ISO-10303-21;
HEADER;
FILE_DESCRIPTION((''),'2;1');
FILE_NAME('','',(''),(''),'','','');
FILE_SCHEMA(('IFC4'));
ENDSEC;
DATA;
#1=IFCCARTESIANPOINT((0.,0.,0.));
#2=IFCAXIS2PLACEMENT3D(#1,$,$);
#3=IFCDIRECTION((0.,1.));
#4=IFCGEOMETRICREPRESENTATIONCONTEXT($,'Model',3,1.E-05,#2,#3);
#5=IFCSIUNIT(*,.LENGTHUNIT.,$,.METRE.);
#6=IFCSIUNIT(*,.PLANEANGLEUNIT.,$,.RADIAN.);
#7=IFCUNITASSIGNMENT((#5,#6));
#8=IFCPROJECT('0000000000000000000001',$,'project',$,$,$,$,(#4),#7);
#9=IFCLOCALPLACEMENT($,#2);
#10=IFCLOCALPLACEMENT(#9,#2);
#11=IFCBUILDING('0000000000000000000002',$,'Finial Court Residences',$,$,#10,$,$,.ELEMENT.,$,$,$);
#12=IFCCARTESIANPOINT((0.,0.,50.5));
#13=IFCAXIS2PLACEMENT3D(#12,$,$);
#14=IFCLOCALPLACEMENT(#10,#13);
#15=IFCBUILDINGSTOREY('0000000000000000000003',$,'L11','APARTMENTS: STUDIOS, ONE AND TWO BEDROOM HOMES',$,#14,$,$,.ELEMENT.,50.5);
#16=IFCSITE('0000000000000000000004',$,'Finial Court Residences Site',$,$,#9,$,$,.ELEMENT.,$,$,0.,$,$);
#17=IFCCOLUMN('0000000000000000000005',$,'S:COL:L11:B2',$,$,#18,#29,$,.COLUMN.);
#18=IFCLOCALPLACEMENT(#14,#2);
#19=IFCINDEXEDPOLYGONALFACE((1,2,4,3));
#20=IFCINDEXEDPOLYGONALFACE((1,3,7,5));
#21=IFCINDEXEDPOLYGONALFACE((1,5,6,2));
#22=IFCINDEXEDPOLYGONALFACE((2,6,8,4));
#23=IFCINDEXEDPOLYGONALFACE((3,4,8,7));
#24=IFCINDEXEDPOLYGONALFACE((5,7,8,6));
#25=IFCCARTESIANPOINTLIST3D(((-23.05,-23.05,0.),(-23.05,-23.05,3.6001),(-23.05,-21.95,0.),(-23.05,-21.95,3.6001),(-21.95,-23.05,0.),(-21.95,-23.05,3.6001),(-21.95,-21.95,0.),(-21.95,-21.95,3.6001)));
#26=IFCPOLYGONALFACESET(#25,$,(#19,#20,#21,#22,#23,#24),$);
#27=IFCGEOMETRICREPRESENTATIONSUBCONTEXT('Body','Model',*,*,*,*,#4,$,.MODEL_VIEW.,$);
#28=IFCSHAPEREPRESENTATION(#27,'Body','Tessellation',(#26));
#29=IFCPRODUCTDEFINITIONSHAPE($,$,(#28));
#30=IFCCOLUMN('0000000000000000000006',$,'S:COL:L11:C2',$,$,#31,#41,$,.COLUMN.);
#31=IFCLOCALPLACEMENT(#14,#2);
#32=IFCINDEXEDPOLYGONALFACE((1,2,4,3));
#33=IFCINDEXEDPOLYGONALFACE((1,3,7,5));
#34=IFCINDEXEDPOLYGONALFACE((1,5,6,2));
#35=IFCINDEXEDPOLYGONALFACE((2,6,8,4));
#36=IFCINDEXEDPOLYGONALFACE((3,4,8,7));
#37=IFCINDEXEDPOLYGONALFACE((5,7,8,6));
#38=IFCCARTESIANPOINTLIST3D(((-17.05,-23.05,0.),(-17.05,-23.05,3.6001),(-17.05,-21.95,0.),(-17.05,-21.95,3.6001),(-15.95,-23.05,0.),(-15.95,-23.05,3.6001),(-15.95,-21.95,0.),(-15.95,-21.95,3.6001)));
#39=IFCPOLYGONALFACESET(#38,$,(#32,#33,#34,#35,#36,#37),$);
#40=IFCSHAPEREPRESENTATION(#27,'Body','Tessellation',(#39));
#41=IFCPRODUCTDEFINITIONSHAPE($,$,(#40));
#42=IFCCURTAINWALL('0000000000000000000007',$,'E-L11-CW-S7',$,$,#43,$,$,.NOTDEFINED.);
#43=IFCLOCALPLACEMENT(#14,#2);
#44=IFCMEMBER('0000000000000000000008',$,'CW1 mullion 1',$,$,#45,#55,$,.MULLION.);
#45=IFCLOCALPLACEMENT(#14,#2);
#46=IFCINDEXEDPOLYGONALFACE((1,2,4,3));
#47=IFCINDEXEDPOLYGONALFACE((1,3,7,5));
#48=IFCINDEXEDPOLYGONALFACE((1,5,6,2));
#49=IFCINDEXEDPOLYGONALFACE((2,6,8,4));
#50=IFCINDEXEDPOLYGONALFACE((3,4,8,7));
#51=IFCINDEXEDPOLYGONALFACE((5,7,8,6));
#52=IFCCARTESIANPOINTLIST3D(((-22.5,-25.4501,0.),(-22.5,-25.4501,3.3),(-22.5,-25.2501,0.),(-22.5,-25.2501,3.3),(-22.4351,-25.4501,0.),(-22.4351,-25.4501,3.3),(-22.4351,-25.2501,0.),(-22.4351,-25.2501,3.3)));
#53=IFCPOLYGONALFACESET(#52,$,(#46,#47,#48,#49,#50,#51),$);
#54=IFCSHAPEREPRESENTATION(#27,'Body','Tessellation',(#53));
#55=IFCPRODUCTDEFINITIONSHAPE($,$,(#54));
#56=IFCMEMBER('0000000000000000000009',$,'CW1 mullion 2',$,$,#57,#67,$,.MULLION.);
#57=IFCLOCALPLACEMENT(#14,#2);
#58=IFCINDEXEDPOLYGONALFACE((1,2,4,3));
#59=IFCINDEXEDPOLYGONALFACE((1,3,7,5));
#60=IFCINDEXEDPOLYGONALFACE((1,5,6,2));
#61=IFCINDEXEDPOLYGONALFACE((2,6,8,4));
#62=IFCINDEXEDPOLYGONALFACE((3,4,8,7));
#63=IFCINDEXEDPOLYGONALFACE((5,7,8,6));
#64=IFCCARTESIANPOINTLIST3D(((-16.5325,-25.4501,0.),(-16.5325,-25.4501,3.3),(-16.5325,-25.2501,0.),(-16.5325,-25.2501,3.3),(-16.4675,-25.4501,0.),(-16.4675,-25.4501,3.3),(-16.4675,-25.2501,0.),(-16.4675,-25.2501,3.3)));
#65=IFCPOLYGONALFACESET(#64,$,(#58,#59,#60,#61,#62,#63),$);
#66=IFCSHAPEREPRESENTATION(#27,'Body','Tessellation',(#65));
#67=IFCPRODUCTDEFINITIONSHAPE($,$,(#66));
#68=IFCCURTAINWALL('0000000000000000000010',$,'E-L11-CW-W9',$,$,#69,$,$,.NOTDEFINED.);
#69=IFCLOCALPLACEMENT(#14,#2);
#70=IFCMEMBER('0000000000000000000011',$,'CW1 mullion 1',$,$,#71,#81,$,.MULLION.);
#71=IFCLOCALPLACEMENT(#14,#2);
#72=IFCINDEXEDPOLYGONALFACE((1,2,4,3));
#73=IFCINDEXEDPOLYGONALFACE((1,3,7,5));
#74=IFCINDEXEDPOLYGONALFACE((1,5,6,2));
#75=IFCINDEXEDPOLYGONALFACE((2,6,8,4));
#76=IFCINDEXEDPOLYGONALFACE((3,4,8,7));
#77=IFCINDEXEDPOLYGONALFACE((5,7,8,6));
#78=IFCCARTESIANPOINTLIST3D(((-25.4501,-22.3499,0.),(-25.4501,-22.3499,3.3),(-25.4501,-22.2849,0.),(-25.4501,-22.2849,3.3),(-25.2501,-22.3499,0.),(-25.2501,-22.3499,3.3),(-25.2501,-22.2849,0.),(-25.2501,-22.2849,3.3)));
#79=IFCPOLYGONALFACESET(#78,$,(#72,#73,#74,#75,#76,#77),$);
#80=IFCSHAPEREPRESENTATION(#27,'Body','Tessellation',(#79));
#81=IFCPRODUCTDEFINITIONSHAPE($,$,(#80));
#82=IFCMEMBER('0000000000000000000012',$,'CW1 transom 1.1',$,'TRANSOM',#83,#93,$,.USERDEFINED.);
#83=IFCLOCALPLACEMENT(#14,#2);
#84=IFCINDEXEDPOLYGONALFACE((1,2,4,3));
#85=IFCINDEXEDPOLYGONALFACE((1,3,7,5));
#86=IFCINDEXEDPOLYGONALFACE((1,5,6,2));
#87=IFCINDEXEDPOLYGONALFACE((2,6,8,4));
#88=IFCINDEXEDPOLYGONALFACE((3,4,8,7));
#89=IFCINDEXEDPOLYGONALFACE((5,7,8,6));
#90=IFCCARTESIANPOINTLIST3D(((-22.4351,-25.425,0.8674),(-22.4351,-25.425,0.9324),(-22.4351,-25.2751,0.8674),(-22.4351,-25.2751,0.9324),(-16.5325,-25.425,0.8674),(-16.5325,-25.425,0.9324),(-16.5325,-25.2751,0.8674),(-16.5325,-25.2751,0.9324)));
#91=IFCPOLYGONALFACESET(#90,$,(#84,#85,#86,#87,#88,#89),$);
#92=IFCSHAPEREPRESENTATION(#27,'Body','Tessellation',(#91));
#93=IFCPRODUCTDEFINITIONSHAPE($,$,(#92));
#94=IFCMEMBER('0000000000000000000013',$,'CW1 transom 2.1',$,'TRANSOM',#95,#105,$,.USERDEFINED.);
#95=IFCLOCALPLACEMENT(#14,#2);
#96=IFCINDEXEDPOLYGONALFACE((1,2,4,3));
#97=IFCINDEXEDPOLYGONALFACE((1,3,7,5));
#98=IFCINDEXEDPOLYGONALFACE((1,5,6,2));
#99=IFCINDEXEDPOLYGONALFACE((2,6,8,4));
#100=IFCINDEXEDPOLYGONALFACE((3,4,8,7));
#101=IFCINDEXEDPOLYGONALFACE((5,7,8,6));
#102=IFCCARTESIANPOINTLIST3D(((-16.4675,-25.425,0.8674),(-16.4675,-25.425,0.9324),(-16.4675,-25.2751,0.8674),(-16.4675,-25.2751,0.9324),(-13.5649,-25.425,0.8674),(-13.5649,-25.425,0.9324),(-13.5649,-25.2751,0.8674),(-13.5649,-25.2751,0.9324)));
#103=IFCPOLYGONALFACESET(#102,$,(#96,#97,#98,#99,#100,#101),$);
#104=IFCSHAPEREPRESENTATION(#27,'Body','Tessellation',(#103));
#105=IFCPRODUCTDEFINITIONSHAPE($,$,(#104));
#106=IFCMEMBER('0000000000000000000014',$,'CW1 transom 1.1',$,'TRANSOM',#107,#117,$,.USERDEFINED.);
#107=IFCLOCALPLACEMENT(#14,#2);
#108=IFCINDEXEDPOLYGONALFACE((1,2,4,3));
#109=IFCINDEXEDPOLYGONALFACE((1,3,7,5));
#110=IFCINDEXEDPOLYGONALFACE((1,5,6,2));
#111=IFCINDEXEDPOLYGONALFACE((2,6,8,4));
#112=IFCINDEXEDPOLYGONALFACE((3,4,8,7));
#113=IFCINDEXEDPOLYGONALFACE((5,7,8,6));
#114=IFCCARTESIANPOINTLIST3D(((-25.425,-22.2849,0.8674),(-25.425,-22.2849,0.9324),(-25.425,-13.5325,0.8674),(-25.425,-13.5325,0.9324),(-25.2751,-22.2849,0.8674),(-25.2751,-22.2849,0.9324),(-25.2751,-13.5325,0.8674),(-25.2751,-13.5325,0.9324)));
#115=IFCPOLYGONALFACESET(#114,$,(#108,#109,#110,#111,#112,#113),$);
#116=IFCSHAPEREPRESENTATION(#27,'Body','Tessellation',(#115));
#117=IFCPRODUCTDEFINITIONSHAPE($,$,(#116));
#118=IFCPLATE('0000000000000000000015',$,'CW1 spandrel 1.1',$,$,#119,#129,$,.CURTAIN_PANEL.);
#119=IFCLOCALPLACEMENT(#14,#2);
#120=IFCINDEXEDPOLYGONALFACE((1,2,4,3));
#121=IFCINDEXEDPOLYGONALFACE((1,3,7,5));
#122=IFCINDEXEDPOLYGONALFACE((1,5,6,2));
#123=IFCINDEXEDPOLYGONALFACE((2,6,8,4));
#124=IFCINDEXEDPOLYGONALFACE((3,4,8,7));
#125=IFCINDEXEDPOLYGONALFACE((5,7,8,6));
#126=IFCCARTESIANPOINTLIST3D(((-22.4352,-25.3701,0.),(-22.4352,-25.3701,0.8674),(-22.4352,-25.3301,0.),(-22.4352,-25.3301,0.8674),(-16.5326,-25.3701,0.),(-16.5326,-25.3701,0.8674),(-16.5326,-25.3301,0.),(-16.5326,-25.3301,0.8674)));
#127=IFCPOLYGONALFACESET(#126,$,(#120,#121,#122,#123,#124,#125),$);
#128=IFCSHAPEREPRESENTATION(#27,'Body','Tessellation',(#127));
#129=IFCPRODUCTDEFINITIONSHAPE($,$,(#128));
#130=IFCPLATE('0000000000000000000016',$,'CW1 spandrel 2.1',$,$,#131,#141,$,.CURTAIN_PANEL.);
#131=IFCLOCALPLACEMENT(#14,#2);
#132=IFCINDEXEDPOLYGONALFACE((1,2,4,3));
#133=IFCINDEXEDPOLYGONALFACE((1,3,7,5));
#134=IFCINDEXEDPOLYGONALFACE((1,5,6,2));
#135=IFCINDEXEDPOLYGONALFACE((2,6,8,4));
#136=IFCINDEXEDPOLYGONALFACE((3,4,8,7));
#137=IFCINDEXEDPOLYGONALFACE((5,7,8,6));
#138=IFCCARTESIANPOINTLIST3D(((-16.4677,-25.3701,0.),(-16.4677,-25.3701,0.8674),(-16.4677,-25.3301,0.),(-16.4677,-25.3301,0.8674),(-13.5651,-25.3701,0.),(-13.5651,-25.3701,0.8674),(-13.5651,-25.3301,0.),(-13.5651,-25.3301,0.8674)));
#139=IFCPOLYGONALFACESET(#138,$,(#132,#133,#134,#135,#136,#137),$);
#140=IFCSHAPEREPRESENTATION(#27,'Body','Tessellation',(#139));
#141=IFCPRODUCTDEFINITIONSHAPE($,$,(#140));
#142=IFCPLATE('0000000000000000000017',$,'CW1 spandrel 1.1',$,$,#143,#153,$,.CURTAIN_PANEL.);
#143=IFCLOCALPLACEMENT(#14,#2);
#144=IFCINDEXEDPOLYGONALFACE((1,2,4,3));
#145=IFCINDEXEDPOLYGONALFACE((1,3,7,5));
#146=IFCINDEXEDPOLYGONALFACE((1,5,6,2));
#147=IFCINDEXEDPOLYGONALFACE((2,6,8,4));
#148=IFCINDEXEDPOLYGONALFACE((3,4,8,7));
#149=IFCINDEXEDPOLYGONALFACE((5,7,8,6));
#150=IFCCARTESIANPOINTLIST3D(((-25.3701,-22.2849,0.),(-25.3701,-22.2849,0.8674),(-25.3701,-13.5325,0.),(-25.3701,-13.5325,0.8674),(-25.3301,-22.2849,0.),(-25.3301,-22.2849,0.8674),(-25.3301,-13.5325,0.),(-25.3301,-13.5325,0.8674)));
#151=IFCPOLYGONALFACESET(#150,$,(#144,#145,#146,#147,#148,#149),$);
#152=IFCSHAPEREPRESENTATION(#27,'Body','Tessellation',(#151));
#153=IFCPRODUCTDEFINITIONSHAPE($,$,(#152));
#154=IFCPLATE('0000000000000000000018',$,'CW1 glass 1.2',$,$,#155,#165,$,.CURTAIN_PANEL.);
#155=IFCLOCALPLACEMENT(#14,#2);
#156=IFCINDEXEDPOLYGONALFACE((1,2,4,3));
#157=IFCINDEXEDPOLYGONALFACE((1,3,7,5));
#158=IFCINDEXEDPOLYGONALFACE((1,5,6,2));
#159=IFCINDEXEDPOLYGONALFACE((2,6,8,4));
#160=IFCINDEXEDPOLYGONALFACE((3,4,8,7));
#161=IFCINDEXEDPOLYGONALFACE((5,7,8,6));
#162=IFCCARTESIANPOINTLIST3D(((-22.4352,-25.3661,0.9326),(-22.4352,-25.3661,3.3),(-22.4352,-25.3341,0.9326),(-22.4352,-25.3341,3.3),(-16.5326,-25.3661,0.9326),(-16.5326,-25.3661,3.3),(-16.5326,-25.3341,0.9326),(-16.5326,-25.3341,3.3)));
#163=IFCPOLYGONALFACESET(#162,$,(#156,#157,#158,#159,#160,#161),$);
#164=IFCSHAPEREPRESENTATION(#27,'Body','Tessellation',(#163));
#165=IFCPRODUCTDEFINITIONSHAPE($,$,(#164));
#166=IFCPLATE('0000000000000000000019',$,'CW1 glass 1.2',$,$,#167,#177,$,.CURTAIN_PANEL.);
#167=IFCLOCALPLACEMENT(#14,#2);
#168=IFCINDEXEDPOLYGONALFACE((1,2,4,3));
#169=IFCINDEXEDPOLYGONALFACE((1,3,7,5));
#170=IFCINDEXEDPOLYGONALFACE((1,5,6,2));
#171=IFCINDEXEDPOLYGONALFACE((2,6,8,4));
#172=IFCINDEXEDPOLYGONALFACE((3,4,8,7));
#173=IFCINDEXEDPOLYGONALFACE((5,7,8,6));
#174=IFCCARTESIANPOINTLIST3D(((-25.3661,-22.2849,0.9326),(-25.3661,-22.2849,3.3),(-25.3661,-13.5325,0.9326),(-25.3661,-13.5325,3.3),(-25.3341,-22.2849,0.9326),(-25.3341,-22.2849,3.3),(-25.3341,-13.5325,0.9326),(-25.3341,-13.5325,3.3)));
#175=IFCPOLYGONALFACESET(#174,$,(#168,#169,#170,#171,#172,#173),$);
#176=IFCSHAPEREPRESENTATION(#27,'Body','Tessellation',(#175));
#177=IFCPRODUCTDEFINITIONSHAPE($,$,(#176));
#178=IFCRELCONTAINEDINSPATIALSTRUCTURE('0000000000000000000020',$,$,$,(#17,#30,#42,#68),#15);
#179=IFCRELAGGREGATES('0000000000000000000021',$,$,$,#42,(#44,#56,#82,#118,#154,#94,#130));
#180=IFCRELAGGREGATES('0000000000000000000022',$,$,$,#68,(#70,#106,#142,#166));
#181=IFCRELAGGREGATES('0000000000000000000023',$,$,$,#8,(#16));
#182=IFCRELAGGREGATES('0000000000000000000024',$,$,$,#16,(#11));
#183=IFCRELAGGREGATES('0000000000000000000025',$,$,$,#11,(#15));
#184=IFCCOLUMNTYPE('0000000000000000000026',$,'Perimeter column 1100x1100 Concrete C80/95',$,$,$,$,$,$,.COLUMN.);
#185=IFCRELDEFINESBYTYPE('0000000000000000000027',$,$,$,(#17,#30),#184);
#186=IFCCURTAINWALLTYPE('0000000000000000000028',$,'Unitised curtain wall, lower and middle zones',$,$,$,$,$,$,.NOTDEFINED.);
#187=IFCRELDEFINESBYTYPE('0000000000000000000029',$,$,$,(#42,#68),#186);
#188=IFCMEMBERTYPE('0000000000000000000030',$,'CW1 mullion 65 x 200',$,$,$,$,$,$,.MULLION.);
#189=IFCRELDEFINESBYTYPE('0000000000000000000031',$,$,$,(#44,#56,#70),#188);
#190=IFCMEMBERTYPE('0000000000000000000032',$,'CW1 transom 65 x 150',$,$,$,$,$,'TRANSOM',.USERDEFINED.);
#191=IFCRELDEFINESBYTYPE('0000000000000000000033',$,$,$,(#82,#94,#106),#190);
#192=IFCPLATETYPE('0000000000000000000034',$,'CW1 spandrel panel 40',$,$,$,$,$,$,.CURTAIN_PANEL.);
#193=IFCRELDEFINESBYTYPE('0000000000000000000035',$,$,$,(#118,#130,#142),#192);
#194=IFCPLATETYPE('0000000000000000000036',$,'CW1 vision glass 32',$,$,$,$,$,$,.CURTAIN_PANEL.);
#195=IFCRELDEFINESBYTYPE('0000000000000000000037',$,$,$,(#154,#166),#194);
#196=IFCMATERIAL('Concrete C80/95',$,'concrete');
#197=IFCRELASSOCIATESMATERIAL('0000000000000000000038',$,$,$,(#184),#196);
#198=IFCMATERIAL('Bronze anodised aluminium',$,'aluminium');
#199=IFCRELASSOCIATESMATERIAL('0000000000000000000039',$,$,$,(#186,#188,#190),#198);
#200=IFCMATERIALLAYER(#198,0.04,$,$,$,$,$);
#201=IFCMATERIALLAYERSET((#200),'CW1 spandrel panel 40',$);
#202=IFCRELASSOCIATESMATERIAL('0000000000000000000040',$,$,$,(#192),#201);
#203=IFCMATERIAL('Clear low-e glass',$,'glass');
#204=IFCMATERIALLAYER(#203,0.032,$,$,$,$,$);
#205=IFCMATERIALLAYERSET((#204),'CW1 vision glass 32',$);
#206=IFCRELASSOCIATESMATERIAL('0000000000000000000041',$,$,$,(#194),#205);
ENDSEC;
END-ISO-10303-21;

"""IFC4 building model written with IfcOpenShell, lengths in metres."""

from ifc_helpers import new_model, si_unit, direction, frame, origin, origin_2d, place, context, subcontext, project, spatial, rectangle, extrude, material, layer, layer_set, material_profile, profile_set, type_object, element, aggregate, save


model = new_model("IFC4")

# Units and contexts
model_context = context("Model", 3, precision=1e-05, world=origin(), true_north=direction((0.0, 1.0)))
body_context = subcontext(model_context, "Body", "Model", "MODEL_VIEW")
ifc_project = project(units=[si_unit("LENGTHUNIT", "METRE"), si_unit("PLANEANGLEUNIT", "RADIAN")], contexts=[model_context])

# Site, building, storey
site_placement = place(None, origin())
site = spatial("IfcSite", under=ifc_project, at=site_placement, Name="Finial Court Residences Site", CompositionType="ELEMENT", RefElevation=0.0)
building_placement = place(site_placement, origin())
building = spatial("IfcBuilding", under=site, at=building_placement, Name="Finial Court Residences", CompositionType="ELEMENT")
storey_placement = place(building_placement, frame((0.0, 0.0, 50.5)))
storey = spatial("IfcBuildingStorey", under=building, at=storey_placement, Name="L11", Description="APARTMENTS: STUDIOS, ONE AND TWO BEDROOM HOMES", CompositionType="ELEMENT", Elevation=50.5)

# Columns
ifc_material_1 = material(Name="Concrete C80/95", Category="concrete")
ifc_material_profile_1 = material_profile(ifc_material_1, rectangle(XDim=1.1001, YDim=1.1001, at=origin_2d()), Name="1100x1100")
ifc_profile_set_1 = profile_set([ifc_material_profile_1], Name="Concrete C80/95")
column_type = type_object("IfcColumnType", Name="Perimeter column 1100x1100 Concrete C80/95", PredefinedType="COLUMN", material=ifc_profile_set_1)
for number, where, z_axis, x_axis, name in (
    (1, (-22.5, -22.5, 0.0), (0.0, 0.0, 1.0), (1.0, 0.0, 0.0), "S:COL:L11:B2"),
    (2, (-16.5, -22.5, 0.0), (0.0, 0.0, 1.0), (1.0, 0.0, 0.0), "S:COL:L11:C2"),
):
    element("IfcColumn", number, at=place(storey_placement, frame(where, z_axis=z_axis, x_axis=x_axis)), inside=storey, type_object=column_type, Name=name, PredefinedType="COLUMN", context=body_context, shape_type="SweptSolid", body=[
        extrude(rectangle(XDim=1.1001, YDim=1.1001, at=origin_2d()), origin(), (0.0, 0.0, 1.0), 3.6001),
    ])

# Curtain wall, members
ifc_material_2 = material(Name="Bronze anodised aluminium", Category="aluminium")
curtain_wall_type = type_object("IfcCurtainWallType", Name="Unitised curtain wall, lower and middle zones", PredefinedType="NOTDEFINED", material=ifc_material_2)
curtain_wall_1_placement = place(storey_placement, origin())
curtain_wall_1 = element("IfcCurtainWall", 3, at=curtain_wall_1_placement, inside=storey, type_object=curtain_wall_type, Name="E-L11-CW-S7", PredefinedType="NOTDEFINED")
ifc_material_profile_2 = material_profile(ifc_material_2, rectangle(XDim=0.2, YDim=0.0649, at=origin_2d()), Name="CW1 mullion 65 x 200")
ifc_profile_set_2 = profile_set([ifc_material_profile_2], Name="Bronze anodised aluminium")
member_type_1 = type_object("IfcMemberType", Name="CW1 mullion 65 x 200", PredefinedType="MULLION", material=ifc_profile_set_2)
member_1_placement = place(storey_placement, frame((-22.4675, -25.3501, 0.0), z_axis=(0.0, 0.0, 1.0), x_axis=(0.0, 1.0, 0.0)))
member_1 = element("IfcMember", 4, at=member_1_placement, type_object=member_type_1, Name="CW1 mullion 1", PredefinedType="MULLION", context=body_context, shape_type="SweptSolid", body=[
    extrude(rectangle(XDim=0.2, YDim=0.0649, at=origin_2d()), origin(), (0.0, 0.0, 1.0), 3.3),
])
member_2_placement = place(storey_placement, frame((-16.5, -25.3501, 0.0), z_axis=(0.0, 0.0, 1.0), x_axis=(0.0, 1.0, 0.0)))
member_2 = element("IfcMember", 5, at=member_2_placement, type_object=member_type_1, Name="CW1 mullion 2", PredefinedType="MULLION", context=body_context, shape_type="SweptSolid", body=[
    extrude(rectangle(XDim=0.2, YDim=0.0649, at=origin_2d()), origin(), (0.0, 0.0, 1.0), 3.3),
])

# Curtain wall, member
curtain_wall_2_placement = place(storey_placement, origin())
curtain_wall_2 = element("IfcCurtainWall", 6, at=curtain_wall_2_placement, inside=storey, type_object=curtain_wall_type, Name="E-L11-CW-W9", PredefinedType="NOTDEFINED")
member_3_placement = place(storey_placement, frame((-25.3501, -22.3174, 0.0), z_axis=(0.0, 0.0, 1.0), x_axis=(-1.0, 0.0, 0.0)))
member_3 = element("IfcMember", 7, at=member_3_placement, type_object=member_type_1, Name="CW1 mullion 1", PredefinedType="MULLION", context=body_context, shape_type="SweptSolid", body=[
    extrude(rectangle(XDim=0.2, YDim=0.0649, at=origin_2d()), origin(), (0.0, 0.0, 1.0), 3.3),
])

# Members
ifc_material_profile_3 = material_profile(ifc_material_2, rectangle(XDim=0.1499, YDim=0.0649, at=origin_2d()), Name="CW1 transom 65 x 150")
ifc_profile_set_3 = profile_set([ifc_material_profile_3], Name="Bronze anodised aluminium")
member_type_2 = type_object("IfcMemberType", Name="CW1 transom 65 x 150", ElementType="TRANSOM", PredefinedType="USERDEFINED", material=ifc_profile_set_3)
member_4_placement = place(storey_placement, frame((-22.4351, -25.3501, 0.8999), z_axis=(1.0, 0.0, 0.0), x_axis=(0.0, 1.0, 0.0)))
member_4 = element("IfcMember", 8, at=member_4_placement, type_object=member_type_2, Name="CW1 transom 1.1", ObjectType="TRANSOM", PredefinedType="USERDEFINED", context=body_context, shape_type="SweptSolid", body=[
    extrude(rectangle(XDim=0.1499, YDim=0.0649, at=origin_2d()), origin(), (0.0, 0.0, 1.0), 5.9026),
])
member_5_placement = place(storey_placement, frame((-16.4675, -25.3501, 0.8999), z_axis=(1.0, 0.0, 0.0), x_axis=(0.0, 1.0, 0.0)))
member_5 = element("IfcMember", 9, at=member_5_placement, type_object=member_type_2, Name="CW1 transom 2.1", ObjectType="TRANSOM", PredefinedType="USERDEFINED", context=body_context, shape_type="SweptSolid", body=[
    extrude(rectangle(XDim=0.1499, YDim=0.0649, at=origin_2d()), origin(), (0.0, 0.0, 1.0), 2.9026),
])
member_6_placement = place(storey_placement, frame((-25.3501, -22.2849, 0.8999), z_axis=(0.0, 1.0, 0.0), x_axis=(-1.0, 0.0, 0.0)))
member_6 = element("IfcMember", 10, at=member_6_placement, type_object=member_type_2, Name="CW1 transom 1.1", ObjectType="TRANSOM", PredefinedType="USERDEFINED", context=body_context, shape_type="SweptSolid", body=[
    extrude(rectangle(XDim=0.1499, YDim=0.0649, at=origin_2d()), origin(), (0.0, 0.0, 1.0), 8.7524),
])

# Plates
ifc_layer_1 = layer(ifc_material_2, 0.04)
ifc_layer_set_1 = layer_set([ifc_layer_1], Name="CW1 spandrel panel 40")
plate_type_1 = type_object("IfcPlateType", Name="CW1 spandrel panel 40", PredefinedType="CURTAIN_PANEL", material=ifc_layer_set_1)
plate_1_placement = place(storey_placement, frame((-19.4839, -25.3501, 0.0), z_axis=(0.0, 0.0, 1.0), x_axis=(1.0, 0.0, 0.0)))
plate_1 = element("IfcPlate", 11, at=plate_1_placement, type_object=plate_type_1, Name="CW1 spandrel 1.1", PredefinedType="CURTAIN_PANEL", context=body_context, shape_type="SweptSolid", body=[
    extrude(rectangle(XDim=5.9026, YDim=0.04, at=origin_2d()), origin(), (0.0, 0.0, 1.0), 0.8674),
])
plate_2_placement = place(storey_placement, frame((-15.0164, -25.3501, 0.0), z_axis=(0.0, 0.0, 1.0), x_axis=(1.0, 0.0, 0.0)))
plate_2 = element("IfcPlate", 12, at=plate_2_placement, type_object=plate_type_1, Name="CW1 spandrel 2.1", PredefinedType="CURTAIN_PANEL", context=body_context, shape_type="SweptSolid", body=[
    extrude(rectangle(XDim=2.9026, YDim=0.04, at=origin_2d()), origin(), (0.0, 0.0, 1.0), 0.8674),
])
plate_3_placement = place(storey_placement, frame((-25.3501, -17.9087, 0.0), z_axis=(0.0, 0.0, 1.0), x_axis=(0.0, 1.0, 0.0)))
plate_3 = element("IfcPlate", 13, at=plate_3_placement, type_object=plate_type_1, Name="CW1 spandrel 1.1", PredefinedType="CURTAIN_PANEL", context=body_context, shape_type="SweptSolid", body=[
    extrude(rectangle(XDim=8.7524, YDim=0.04, at=origin_2d()), origin(), (0.0, 0.0, 1.0), 0.8674),
])
ifc_material_3 = material(Name="Clear low-e glass", Category="glass")
ifc_layer_2 = layer(ifc_material_3, 0.032)
ifc_layer_set_2 = layer_set([ifc_layer_2], Name="CW1 vision glass 32")
plate_type_2 = type_object("IfcPlateType", Name="CW1 vision glass 32", PredefinedType="CURTAIN_PANEL", material=ifc_layer_set_2)
plate_4_placement = place(storey_placement, frame((-19.4839, -25.3501, 0.9326), z_axis=(0.0, 0.0, 1.0), x_axis=(1.0, 0.0, 0.0)))
plate_4 = element("IfcPlate", 14, at=plate_4_placement, type_object=plate_type_2, Name="CW1 glass 1.2", PredefinedType="CURTAIN_PANEL", context=body_context, shape_type="SweptSolid", body=[
    extrude(rectangle(XDim=5.9026, YDim=0.032, at=origin_2d()), origin(), (0.0, 0.0, 1.0), 2.3674),
])
aggregate(curtain_wall_1, [member_1, member_2, member_4, plate_1, plate_4, member_5, plate_2])
plate_5_placement = place(storey_placement, frame((-25.3501, -17.9087, 0.9326), z_axis=(0.0, 0.0, 1.0), x_axis=(0.0, 1.0, 0.0)))
plate_5 = element("IfcPlate", 15, at=plate_5_placement, type_object=plate_type_2, Name="CW1 glass 1.2", PredefinedType="CURTAIN_PANEL", context=body_context, shape_type="SweptSolid", body=[
    extrude(rectangle(XDim=8.7524, YDim=0.032, at=origin_2d()), origin(), (0.0, 0.0, 1.0), 2.3674),
])
aggregate(curtain_wall_2, [member_3, member_6, plate_3, plate_5])

save(model, "model.ifc")
